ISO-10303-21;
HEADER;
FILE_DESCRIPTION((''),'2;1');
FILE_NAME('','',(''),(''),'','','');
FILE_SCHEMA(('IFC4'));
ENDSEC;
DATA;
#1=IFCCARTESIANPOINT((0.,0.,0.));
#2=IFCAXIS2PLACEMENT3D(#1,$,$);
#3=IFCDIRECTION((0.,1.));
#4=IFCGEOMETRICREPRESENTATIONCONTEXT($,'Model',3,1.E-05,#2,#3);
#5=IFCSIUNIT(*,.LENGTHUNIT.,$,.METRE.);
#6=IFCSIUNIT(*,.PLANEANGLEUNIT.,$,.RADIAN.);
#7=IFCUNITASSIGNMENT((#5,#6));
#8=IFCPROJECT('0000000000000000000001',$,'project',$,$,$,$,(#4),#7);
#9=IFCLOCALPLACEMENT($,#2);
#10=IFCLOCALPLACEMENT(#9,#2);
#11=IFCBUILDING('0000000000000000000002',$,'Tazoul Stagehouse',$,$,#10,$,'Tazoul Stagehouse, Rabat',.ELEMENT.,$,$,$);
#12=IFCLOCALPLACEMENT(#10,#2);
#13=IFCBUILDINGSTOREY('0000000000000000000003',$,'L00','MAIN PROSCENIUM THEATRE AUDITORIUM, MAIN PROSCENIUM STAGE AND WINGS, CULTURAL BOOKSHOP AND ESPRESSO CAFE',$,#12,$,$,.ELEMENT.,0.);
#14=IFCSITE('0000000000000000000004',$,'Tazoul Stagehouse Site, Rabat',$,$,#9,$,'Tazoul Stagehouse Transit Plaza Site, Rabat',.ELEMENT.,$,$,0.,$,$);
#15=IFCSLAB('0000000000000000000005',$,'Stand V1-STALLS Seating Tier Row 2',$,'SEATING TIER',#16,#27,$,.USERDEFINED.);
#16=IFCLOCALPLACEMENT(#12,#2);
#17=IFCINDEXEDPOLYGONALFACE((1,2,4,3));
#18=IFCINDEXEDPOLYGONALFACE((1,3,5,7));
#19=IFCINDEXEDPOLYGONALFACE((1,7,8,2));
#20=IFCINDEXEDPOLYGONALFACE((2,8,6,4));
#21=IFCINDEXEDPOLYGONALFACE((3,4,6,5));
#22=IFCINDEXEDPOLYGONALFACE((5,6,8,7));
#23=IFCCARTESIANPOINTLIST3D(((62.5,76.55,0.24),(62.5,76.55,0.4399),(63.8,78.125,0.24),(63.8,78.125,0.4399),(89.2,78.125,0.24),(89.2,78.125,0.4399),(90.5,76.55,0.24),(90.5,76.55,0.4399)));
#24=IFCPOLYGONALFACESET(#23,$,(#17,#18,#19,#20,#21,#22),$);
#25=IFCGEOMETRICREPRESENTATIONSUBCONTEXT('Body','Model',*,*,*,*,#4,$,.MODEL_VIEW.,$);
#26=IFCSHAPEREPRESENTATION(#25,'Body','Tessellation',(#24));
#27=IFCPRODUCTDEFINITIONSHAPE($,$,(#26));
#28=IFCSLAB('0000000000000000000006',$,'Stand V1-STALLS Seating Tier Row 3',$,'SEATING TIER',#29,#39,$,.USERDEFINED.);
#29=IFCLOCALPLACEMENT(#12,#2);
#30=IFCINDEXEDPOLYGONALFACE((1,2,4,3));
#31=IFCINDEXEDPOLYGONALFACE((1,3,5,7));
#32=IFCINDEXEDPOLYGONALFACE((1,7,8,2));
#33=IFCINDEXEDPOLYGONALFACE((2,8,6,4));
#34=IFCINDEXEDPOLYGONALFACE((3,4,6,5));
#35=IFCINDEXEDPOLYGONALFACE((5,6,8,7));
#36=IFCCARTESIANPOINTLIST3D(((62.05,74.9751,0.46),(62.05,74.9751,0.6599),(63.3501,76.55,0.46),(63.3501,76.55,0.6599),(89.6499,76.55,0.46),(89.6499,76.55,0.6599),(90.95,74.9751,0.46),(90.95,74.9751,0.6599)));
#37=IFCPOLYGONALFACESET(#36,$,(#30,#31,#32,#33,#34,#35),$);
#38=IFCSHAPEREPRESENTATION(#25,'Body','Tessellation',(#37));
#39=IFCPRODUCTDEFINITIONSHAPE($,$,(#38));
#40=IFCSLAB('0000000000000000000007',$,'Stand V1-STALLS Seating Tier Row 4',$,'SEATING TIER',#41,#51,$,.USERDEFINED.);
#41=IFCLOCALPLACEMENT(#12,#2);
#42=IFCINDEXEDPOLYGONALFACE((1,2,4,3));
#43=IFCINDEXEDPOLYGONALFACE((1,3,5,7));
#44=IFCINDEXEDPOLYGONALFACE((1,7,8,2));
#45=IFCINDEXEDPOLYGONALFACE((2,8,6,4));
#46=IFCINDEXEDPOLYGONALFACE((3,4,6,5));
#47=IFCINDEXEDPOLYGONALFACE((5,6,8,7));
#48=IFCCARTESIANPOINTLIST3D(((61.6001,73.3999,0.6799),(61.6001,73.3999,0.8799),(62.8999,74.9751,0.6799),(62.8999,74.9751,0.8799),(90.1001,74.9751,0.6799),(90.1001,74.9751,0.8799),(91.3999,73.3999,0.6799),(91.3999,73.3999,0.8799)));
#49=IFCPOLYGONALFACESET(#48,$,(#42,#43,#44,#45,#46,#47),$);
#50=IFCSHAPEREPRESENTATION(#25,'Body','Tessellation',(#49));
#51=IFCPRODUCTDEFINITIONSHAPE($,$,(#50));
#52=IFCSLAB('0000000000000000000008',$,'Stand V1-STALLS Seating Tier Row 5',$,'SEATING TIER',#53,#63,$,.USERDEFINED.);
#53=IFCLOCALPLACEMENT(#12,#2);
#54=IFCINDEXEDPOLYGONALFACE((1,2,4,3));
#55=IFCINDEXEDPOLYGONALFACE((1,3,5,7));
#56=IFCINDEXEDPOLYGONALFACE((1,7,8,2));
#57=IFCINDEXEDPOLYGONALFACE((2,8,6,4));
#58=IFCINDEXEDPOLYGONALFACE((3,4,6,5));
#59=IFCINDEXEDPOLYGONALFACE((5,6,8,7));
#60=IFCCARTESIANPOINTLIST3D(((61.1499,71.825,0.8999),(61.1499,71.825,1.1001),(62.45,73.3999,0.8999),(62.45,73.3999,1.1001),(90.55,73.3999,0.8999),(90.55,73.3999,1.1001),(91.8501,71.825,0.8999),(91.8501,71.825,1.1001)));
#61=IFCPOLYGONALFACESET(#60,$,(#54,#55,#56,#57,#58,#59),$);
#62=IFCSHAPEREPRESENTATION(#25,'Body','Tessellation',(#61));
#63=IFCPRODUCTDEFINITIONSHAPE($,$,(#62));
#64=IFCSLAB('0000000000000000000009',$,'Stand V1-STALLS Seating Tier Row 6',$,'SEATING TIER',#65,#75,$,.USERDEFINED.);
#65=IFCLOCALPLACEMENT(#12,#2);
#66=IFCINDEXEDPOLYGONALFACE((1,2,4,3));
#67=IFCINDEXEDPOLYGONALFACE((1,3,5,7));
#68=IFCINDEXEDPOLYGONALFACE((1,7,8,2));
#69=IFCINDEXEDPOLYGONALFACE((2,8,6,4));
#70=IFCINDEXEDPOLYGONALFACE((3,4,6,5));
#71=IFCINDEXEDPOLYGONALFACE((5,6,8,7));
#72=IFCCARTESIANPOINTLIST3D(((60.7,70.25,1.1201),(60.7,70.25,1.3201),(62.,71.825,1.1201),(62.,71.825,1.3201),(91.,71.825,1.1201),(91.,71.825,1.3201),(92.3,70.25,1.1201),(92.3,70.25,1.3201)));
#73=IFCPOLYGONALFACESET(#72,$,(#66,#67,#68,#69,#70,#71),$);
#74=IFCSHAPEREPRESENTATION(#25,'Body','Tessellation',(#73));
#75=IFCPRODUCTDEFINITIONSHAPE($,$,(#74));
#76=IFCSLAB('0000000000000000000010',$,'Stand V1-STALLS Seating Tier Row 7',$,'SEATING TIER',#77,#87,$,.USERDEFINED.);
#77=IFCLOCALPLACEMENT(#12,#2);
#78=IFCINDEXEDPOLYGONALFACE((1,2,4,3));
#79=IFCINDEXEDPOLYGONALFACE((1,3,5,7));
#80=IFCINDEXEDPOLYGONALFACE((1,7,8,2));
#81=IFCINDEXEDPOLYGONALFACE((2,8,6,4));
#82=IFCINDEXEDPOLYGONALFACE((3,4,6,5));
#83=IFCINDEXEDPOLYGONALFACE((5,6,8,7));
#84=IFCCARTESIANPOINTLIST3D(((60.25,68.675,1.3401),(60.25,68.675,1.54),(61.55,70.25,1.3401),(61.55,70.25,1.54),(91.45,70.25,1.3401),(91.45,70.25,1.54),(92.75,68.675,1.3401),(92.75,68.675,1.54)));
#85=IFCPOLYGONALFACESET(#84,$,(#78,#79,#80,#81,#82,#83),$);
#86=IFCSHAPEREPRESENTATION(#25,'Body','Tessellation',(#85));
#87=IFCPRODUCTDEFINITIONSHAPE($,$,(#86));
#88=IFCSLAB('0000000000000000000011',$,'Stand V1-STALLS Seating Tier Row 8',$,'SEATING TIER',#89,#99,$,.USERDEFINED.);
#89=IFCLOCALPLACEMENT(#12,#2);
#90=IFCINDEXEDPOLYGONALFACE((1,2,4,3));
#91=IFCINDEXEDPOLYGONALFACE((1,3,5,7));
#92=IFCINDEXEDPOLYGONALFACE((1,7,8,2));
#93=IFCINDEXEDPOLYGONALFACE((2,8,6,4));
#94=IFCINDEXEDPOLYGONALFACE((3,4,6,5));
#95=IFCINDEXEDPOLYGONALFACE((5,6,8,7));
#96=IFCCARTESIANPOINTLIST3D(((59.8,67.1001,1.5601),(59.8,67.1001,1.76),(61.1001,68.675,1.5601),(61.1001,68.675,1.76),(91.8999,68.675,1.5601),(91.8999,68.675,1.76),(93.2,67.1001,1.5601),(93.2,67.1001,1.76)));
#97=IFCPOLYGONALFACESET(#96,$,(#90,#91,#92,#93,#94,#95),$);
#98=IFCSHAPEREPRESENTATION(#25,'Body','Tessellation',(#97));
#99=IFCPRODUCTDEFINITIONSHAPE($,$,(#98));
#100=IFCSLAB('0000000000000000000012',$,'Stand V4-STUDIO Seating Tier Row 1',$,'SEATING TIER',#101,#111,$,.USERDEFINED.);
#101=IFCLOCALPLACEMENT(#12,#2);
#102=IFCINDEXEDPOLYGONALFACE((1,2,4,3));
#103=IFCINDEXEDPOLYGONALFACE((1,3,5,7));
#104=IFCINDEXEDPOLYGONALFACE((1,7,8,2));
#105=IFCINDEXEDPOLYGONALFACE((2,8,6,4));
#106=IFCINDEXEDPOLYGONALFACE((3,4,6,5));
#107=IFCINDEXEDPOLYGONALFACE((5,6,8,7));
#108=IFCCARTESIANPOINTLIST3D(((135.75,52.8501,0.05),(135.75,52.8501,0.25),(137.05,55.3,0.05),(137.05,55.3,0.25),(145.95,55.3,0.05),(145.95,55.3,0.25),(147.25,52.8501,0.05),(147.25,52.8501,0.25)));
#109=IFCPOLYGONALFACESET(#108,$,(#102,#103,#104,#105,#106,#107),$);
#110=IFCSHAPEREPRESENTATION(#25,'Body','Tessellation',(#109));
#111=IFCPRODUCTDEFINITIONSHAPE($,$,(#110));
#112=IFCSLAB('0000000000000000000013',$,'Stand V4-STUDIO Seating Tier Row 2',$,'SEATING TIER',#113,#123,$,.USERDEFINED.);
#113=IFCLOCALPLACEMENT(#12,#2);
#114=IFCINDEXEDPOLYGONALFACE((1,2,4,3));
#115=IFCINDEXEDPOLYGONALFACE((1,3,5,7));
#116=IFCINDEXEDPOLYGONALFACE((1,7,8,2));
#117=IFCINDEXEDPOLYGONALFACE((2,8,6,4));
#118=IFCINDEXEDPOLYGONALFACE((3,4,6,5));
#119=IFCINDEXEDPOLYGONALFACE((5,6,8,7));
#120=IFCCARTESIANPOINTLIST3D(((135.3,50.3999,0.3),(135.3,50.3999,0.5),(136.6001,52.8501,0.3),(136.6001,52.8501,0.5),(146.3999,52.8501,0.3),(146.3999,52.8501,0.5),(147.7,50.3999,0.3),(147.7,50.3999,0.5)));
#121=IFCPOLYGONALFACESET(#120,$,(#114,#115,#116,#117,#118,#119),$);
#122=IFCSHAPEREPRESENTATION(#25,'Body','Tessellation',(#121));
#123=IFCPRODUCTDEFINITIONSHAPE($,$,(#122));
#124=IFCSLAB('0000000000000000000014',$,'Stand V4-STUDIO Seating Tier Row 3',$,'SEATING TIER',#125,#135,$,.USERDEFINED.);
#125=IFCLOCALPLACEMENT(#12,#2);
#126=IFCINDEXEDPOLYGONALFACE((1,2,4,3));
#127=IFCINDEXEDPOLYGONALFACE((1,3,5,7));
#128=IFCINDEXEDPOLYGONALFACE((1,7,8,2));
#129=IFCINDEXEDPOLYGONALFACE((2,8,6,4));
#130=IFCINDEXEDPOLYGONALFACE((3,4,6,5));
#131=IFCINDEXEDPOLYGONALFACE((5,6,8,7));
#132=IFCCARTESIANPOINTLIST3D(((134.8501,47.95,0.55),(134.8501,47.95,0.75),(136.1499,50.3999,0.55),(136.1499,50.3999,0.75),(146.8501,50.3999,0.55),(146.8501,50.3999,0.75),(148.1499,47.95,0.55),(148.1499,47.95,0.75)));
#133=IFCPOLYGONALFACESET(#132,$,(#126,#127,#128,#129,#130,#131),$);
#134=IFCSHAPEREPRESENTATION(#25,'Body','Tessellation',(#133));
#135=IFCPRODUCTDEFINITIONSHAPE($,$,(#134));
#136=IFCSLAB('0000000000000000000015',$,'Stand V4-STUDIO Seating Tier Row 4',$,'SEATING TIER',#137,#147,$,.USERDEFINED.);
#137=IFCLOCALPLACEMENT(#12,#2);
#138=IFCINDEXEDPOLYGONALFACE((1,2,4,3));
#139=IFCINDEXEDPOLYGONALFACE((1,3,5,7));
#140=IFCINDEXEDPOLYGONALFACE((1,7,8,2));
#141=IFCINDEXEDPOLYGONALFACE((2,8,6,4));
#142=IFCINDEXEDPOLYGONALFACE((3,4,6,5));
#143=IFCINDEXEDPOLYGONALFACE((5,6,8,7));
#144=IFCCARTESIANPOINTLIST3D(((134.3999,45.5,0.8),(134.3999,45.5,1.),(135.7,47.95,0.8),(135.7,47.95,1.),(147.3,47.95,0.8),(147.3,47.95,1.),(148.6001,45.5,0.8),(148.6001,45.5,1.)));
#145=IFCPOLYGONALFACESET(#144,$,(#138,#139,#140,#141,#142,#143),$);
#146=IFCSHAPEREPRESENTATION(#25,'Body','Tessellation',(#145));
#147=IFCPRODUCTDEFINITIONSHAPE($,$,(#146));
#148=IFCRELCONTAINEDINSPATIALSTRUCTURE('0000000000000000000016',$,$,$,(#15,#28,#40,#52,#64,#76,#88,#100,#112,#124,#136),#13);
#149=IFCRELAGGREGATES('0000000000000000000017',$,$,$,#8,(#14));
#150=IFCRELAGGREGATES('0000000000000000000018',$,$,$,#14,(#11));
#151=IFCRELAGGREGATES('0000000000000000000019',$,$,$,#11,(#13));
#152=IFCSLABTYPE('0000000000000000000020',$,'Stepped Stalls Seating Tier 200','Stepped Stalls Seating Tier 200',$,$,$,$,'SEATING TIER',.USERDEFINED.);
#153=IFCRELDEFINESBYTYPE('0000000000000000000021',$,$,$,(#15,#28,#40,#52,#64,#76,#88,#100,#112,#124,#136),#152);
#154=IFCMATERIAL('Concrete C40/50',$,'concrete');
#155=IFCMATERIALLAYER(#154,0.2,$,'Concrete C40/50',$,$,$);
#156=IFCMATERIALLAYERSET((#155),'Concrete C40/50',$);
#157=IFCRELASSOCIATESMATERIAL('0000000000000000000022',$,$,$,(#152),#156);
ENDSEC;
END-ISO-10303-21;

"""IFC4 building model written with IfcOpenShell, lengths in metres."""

from ifc_helpers import new_model, si_unit, direction, frame, origin, place, context, subcontext, project, spatial, polyline, outline, extrude, material, layer, layer_set, type_object, element, save


model = new_model("IFC4")

# Units and contexts
model_context = context("Model", 3, precision=1e-05, world=origin(), true_north=direction((0.0, 1.0)))
body_context = subcontext(model_context, "Body", "Model", "MODEL_VIEW")
ifc_project = project(units=[si_unit("LENGTHUNIT", "METRE"), si_unit("PLANEANGLEUNIT", "RADIAN")], contexts=[model_context])

# Site, building, storey
site_placement = place(None, origin())
site = spatial("IfcSite", under=ifc_project, at=site_placement, Name="Tazoul Stagehouse Site, Rabat", LongName="Tazoul Stagehouse Transit Plaza Site, Rabat", CompositionType="ELEMENT", RefElevation=0.0)
building_placement = place(site_placement, origin())
building = spatial("IfcBuilding", under=site, at=building_placement, Name="Tazoul Stagehouse", LongName="Tazoul Stagehouse, Rabat", CompositionType="ELEMENT")
storey_placement = place(building_placement, origin())
storey = spatial("IfcBuildingStorey", under=building, at=storey_placement, Name="L00", Description="MAIN PROSCENIUM THEATRE AUDITORIUM, MAIN PROSCENIUM STAGE AND WINGS, CULTURAL BOOKSHOP AND ESPRESSO CAFE", CompositionType="ELEMENT", Elevation=0.0)

# Shared definitions
ifc_material_1 = material(Name="Concrete C40/50", Category="concrete")

# Slabs
ifc_layer_1 = layer(ifc_material_1, 0.2, Name="Concrete C40/50")
ifc_layer_set_1 = layer_set([ifc_layer_1], Name="Concrete C40/50")
slab_type_1 = type_object("IfcSlabType", Name="Stepped Stalls Seating Tier 200", Description="Stepped Stalls Seating Tier 200", ElementType="SEATING TIER", PredefinedType="USERDEFINED", material=ifc_layer_set_1)
slab_1_placement = place(storey_placement, frame((0.0, 0.0, 0.24)))
element("IfcSlab", 1, at=slab_1_placement, inside=storey, type_object=slab_type_1, Name="Stand V1-STALLS Seating Tier Row 2", ObjectType="SEATING TIER", PredefinedType="USERDEFINED", context=body_context, shape_type="SweptSolid", body=[
    extrude(outline(polyline([(62.5, 76.55), (90.5, 76.55), (89.2, 78.125), (63.8, 78.125), (62.5, 76.55)])), origin(), (0.0, 0.0, 1.0), 0.2),
])
slab_2_placement = place(storey_placement, frame((0.0, 0.0, 0.46)))
element("IfcSlab", 2, at=slab_2_placement, inside=storey, type_object=slab_type_1, Name="Stand V1-STALLS Seating Tier Row 3", ObjectType="SEATING TIER", PredefinedType="USERDEFINED", context=body_context, shape_type="SweptSolid", body=[
    extrude(outline(polyline([(62.05, 74.9751), (90.95, 74.9751), (89.6499, 76.55), (63.3501, 76.55), (62.05, 74.9751)])), origin(), (0.0, 0.0, 1.0), 0.2),
])
slab_3_placement = place(storey_placement, frame((0.0, 0.0, 0.6799)))
element("IfcSlab", 3, at=slab_3_placement, inside=storey, type_object=slab_type_1, Name="Stand V1-STALLS Seating Tier Row 4", ObjectType="SEATING TIER", PredefinedType="USERDEFINED", context=body_context, shape_type="SweptSolid", body=[
    extrude(outline(polyline([(61.6001, 73.3999), (91.3999, 73.3999), (90.1001, 74.9751), (62.8999, 74.9751), (61.6001, 73.3999)])), origin(), (0.0, 0.0, 1.0), 0.2),
])
slab_4_placement = place(storey_placement, frame((0.0, 0.0, 0.8999)))
element("IfcSlab", 4, at=slab_4_placement, inside=storey, type_object=slab_type_1, Name="Stand V1-STALLS Seating Tier Row 5", ObjectType="SEATING TIER", PredefinedType="USERDEFINED", context=body_context, shape_type="SweptSolid", body=[
    extrude(outline(polyline([(61.1499, 71.825), (91.8501, 71.825), (90.55, 73.3999), (62.45, 73.3999), (61.1499, 71.825)])), origin(), (0.0, 0.0, 1.0), 0.2002),
])
slab_5_placement = place(storey_placement, frame((0.0, 0.0, 1.1201)))
element("IfcSlab", 5, at=slab_5_placement, inside=storey, type_object=slab_type_1, Name="Stand V1-STALLS Seating Tier Row 6", ObjectType="SEATING TIER", PredefinedType="USERDEFINED", context=body_context, shape_type="SweptSolid", body=[
    extrude(outline(polyline([(60.7, 70.25), (92.3, 70.25), (91.0, 71.825), (62.0, 71.825), (60.7, 70.25)])), origin(), (0.0, 0.0, 1.0), 0.2),
])
slab_6_placement = place(storey_placement, frame((0.0, 0.0, 1.3401)))
element("IfcSlab", 6, at=slab_6_placement, inside=storey, type_object=slab_type_1, Name="Stand V1-STALLS Seating Tier Row 7", ObjectType="SEATING TIER", PredefinedType="USERDEFINED", context=body_context, shape_type="SweptSolid", body=[
    extrude(outline(polyline([(60.25, 68.675), (92.75, 68.675), (91.45, 70.25), (61.55, 70.25), (60.25, 68.675)])), origin(), (0.0, 0.0, 1.0), 0.2),
])
slab_7_placement = place(storey_placement, frame((0.0, 0.0, 1.5601)))
element("IfcSlab", 7, at=slab_7_placement, inside=storey, type_object=slab_type_1, Name="Stand V1-STALLS Seating Tier Row 8", ObjectType="SEATING TIER", PredefinedType="USERDEFINED", context=body_context, shape_type="SweptSolid", body=[
    extrude(outline(polyline([(59.8, 67.1001), (93.2, 67.1001), (91.8999, 68.675), (61.1001, 68.675), (59.8, 67.1001)])), origin(), (0.0, 0.0, 1.0), 0.2),
])
slab_8_placement = place(storey_placement, frame((0.0, 0.0, 0.05)))
element("IfcSlab", 8, at=slab_8_placement, inside=storey, type_object=slab_type_1, Name="Stand V4-STUDIO Seating Tier Row 1", ObjectType="SEATING TIER", PredefinedType="USERDEFINED", context=body_context, shape_type="SweptSolid", body=[
    extrude(outline(polyline([(135.75, 52.8501), (147.25, 52.8501), (145.95, 55.3), (137.05, 55.3), (135.75, 52.8501)])), origin(), (0.0, 0.0, 1.0), 0.2),
])
slab_9_placement = place(storey_placement, frame((0.0, 0.0, 0.3)))
element("IfcSlab", 9, at=slab_9_placement, inside=storey, type_object=slab_type_1, Name="Stand V4-STUDIO Seating Tier Row 2", ObjectType="SEATING TIER", PredefinedType="USERDEFINED", context=body_context, shape_type="SweptSolid", body=[
    extrude(outline(polyline([(135.3, 50.3999), (147.7, 50.3999), (146.3999, 52.8501), (136.6001, 52.8501), (135.3, 50.3999)])), origin(), (0.0, 0.0, 1.0), 0.2),
])
slab_10_placement = place(storey_placement, frame((0.0, 0.0, 0.55)))
element("IfcSlab", 10, at=slab_10_placement, inside=storey, type_object=slab_type_1, Name="Stand V4-STUDIO Seating Tier Row 3", ObjectType="SEATING TIER", PredefinedType="USERDEFINED", context=body_context, shape_type="SweptSolid", body=[
    extrude(outline(polyline([(134.8501, 47.95), (148.1499, 47.95), (146.8501, 50.3999), (136.1499, 50.3999), (134.8501, 47.95)])), origin(), (0.0, 0.0, 1.0), 0.2),
])
slab_11_placement = place(storey_placement, frame((0.0, 0.0, 0.8)))
element("IfcSlab", 11, at=slab_11_placement, inside=storey, type_object=slab_type_1, Name="Stand V4-STUDIO Seating Tier Row 4", ObjectType="SEATING TIER", PredefinedType="USERDEFINED", context=body_context, shape_type="SweptSolid", body=[
    extrude(outline(polyline([(134.3999, 45.5), (148.6001, 45.5), (147.3, 47.95), (135.7, 47.95), (134.3999, 45.5)])), origin(), (0.0, 0.0, 1.0), 0.2),
])

save(model, "model.ifc")
